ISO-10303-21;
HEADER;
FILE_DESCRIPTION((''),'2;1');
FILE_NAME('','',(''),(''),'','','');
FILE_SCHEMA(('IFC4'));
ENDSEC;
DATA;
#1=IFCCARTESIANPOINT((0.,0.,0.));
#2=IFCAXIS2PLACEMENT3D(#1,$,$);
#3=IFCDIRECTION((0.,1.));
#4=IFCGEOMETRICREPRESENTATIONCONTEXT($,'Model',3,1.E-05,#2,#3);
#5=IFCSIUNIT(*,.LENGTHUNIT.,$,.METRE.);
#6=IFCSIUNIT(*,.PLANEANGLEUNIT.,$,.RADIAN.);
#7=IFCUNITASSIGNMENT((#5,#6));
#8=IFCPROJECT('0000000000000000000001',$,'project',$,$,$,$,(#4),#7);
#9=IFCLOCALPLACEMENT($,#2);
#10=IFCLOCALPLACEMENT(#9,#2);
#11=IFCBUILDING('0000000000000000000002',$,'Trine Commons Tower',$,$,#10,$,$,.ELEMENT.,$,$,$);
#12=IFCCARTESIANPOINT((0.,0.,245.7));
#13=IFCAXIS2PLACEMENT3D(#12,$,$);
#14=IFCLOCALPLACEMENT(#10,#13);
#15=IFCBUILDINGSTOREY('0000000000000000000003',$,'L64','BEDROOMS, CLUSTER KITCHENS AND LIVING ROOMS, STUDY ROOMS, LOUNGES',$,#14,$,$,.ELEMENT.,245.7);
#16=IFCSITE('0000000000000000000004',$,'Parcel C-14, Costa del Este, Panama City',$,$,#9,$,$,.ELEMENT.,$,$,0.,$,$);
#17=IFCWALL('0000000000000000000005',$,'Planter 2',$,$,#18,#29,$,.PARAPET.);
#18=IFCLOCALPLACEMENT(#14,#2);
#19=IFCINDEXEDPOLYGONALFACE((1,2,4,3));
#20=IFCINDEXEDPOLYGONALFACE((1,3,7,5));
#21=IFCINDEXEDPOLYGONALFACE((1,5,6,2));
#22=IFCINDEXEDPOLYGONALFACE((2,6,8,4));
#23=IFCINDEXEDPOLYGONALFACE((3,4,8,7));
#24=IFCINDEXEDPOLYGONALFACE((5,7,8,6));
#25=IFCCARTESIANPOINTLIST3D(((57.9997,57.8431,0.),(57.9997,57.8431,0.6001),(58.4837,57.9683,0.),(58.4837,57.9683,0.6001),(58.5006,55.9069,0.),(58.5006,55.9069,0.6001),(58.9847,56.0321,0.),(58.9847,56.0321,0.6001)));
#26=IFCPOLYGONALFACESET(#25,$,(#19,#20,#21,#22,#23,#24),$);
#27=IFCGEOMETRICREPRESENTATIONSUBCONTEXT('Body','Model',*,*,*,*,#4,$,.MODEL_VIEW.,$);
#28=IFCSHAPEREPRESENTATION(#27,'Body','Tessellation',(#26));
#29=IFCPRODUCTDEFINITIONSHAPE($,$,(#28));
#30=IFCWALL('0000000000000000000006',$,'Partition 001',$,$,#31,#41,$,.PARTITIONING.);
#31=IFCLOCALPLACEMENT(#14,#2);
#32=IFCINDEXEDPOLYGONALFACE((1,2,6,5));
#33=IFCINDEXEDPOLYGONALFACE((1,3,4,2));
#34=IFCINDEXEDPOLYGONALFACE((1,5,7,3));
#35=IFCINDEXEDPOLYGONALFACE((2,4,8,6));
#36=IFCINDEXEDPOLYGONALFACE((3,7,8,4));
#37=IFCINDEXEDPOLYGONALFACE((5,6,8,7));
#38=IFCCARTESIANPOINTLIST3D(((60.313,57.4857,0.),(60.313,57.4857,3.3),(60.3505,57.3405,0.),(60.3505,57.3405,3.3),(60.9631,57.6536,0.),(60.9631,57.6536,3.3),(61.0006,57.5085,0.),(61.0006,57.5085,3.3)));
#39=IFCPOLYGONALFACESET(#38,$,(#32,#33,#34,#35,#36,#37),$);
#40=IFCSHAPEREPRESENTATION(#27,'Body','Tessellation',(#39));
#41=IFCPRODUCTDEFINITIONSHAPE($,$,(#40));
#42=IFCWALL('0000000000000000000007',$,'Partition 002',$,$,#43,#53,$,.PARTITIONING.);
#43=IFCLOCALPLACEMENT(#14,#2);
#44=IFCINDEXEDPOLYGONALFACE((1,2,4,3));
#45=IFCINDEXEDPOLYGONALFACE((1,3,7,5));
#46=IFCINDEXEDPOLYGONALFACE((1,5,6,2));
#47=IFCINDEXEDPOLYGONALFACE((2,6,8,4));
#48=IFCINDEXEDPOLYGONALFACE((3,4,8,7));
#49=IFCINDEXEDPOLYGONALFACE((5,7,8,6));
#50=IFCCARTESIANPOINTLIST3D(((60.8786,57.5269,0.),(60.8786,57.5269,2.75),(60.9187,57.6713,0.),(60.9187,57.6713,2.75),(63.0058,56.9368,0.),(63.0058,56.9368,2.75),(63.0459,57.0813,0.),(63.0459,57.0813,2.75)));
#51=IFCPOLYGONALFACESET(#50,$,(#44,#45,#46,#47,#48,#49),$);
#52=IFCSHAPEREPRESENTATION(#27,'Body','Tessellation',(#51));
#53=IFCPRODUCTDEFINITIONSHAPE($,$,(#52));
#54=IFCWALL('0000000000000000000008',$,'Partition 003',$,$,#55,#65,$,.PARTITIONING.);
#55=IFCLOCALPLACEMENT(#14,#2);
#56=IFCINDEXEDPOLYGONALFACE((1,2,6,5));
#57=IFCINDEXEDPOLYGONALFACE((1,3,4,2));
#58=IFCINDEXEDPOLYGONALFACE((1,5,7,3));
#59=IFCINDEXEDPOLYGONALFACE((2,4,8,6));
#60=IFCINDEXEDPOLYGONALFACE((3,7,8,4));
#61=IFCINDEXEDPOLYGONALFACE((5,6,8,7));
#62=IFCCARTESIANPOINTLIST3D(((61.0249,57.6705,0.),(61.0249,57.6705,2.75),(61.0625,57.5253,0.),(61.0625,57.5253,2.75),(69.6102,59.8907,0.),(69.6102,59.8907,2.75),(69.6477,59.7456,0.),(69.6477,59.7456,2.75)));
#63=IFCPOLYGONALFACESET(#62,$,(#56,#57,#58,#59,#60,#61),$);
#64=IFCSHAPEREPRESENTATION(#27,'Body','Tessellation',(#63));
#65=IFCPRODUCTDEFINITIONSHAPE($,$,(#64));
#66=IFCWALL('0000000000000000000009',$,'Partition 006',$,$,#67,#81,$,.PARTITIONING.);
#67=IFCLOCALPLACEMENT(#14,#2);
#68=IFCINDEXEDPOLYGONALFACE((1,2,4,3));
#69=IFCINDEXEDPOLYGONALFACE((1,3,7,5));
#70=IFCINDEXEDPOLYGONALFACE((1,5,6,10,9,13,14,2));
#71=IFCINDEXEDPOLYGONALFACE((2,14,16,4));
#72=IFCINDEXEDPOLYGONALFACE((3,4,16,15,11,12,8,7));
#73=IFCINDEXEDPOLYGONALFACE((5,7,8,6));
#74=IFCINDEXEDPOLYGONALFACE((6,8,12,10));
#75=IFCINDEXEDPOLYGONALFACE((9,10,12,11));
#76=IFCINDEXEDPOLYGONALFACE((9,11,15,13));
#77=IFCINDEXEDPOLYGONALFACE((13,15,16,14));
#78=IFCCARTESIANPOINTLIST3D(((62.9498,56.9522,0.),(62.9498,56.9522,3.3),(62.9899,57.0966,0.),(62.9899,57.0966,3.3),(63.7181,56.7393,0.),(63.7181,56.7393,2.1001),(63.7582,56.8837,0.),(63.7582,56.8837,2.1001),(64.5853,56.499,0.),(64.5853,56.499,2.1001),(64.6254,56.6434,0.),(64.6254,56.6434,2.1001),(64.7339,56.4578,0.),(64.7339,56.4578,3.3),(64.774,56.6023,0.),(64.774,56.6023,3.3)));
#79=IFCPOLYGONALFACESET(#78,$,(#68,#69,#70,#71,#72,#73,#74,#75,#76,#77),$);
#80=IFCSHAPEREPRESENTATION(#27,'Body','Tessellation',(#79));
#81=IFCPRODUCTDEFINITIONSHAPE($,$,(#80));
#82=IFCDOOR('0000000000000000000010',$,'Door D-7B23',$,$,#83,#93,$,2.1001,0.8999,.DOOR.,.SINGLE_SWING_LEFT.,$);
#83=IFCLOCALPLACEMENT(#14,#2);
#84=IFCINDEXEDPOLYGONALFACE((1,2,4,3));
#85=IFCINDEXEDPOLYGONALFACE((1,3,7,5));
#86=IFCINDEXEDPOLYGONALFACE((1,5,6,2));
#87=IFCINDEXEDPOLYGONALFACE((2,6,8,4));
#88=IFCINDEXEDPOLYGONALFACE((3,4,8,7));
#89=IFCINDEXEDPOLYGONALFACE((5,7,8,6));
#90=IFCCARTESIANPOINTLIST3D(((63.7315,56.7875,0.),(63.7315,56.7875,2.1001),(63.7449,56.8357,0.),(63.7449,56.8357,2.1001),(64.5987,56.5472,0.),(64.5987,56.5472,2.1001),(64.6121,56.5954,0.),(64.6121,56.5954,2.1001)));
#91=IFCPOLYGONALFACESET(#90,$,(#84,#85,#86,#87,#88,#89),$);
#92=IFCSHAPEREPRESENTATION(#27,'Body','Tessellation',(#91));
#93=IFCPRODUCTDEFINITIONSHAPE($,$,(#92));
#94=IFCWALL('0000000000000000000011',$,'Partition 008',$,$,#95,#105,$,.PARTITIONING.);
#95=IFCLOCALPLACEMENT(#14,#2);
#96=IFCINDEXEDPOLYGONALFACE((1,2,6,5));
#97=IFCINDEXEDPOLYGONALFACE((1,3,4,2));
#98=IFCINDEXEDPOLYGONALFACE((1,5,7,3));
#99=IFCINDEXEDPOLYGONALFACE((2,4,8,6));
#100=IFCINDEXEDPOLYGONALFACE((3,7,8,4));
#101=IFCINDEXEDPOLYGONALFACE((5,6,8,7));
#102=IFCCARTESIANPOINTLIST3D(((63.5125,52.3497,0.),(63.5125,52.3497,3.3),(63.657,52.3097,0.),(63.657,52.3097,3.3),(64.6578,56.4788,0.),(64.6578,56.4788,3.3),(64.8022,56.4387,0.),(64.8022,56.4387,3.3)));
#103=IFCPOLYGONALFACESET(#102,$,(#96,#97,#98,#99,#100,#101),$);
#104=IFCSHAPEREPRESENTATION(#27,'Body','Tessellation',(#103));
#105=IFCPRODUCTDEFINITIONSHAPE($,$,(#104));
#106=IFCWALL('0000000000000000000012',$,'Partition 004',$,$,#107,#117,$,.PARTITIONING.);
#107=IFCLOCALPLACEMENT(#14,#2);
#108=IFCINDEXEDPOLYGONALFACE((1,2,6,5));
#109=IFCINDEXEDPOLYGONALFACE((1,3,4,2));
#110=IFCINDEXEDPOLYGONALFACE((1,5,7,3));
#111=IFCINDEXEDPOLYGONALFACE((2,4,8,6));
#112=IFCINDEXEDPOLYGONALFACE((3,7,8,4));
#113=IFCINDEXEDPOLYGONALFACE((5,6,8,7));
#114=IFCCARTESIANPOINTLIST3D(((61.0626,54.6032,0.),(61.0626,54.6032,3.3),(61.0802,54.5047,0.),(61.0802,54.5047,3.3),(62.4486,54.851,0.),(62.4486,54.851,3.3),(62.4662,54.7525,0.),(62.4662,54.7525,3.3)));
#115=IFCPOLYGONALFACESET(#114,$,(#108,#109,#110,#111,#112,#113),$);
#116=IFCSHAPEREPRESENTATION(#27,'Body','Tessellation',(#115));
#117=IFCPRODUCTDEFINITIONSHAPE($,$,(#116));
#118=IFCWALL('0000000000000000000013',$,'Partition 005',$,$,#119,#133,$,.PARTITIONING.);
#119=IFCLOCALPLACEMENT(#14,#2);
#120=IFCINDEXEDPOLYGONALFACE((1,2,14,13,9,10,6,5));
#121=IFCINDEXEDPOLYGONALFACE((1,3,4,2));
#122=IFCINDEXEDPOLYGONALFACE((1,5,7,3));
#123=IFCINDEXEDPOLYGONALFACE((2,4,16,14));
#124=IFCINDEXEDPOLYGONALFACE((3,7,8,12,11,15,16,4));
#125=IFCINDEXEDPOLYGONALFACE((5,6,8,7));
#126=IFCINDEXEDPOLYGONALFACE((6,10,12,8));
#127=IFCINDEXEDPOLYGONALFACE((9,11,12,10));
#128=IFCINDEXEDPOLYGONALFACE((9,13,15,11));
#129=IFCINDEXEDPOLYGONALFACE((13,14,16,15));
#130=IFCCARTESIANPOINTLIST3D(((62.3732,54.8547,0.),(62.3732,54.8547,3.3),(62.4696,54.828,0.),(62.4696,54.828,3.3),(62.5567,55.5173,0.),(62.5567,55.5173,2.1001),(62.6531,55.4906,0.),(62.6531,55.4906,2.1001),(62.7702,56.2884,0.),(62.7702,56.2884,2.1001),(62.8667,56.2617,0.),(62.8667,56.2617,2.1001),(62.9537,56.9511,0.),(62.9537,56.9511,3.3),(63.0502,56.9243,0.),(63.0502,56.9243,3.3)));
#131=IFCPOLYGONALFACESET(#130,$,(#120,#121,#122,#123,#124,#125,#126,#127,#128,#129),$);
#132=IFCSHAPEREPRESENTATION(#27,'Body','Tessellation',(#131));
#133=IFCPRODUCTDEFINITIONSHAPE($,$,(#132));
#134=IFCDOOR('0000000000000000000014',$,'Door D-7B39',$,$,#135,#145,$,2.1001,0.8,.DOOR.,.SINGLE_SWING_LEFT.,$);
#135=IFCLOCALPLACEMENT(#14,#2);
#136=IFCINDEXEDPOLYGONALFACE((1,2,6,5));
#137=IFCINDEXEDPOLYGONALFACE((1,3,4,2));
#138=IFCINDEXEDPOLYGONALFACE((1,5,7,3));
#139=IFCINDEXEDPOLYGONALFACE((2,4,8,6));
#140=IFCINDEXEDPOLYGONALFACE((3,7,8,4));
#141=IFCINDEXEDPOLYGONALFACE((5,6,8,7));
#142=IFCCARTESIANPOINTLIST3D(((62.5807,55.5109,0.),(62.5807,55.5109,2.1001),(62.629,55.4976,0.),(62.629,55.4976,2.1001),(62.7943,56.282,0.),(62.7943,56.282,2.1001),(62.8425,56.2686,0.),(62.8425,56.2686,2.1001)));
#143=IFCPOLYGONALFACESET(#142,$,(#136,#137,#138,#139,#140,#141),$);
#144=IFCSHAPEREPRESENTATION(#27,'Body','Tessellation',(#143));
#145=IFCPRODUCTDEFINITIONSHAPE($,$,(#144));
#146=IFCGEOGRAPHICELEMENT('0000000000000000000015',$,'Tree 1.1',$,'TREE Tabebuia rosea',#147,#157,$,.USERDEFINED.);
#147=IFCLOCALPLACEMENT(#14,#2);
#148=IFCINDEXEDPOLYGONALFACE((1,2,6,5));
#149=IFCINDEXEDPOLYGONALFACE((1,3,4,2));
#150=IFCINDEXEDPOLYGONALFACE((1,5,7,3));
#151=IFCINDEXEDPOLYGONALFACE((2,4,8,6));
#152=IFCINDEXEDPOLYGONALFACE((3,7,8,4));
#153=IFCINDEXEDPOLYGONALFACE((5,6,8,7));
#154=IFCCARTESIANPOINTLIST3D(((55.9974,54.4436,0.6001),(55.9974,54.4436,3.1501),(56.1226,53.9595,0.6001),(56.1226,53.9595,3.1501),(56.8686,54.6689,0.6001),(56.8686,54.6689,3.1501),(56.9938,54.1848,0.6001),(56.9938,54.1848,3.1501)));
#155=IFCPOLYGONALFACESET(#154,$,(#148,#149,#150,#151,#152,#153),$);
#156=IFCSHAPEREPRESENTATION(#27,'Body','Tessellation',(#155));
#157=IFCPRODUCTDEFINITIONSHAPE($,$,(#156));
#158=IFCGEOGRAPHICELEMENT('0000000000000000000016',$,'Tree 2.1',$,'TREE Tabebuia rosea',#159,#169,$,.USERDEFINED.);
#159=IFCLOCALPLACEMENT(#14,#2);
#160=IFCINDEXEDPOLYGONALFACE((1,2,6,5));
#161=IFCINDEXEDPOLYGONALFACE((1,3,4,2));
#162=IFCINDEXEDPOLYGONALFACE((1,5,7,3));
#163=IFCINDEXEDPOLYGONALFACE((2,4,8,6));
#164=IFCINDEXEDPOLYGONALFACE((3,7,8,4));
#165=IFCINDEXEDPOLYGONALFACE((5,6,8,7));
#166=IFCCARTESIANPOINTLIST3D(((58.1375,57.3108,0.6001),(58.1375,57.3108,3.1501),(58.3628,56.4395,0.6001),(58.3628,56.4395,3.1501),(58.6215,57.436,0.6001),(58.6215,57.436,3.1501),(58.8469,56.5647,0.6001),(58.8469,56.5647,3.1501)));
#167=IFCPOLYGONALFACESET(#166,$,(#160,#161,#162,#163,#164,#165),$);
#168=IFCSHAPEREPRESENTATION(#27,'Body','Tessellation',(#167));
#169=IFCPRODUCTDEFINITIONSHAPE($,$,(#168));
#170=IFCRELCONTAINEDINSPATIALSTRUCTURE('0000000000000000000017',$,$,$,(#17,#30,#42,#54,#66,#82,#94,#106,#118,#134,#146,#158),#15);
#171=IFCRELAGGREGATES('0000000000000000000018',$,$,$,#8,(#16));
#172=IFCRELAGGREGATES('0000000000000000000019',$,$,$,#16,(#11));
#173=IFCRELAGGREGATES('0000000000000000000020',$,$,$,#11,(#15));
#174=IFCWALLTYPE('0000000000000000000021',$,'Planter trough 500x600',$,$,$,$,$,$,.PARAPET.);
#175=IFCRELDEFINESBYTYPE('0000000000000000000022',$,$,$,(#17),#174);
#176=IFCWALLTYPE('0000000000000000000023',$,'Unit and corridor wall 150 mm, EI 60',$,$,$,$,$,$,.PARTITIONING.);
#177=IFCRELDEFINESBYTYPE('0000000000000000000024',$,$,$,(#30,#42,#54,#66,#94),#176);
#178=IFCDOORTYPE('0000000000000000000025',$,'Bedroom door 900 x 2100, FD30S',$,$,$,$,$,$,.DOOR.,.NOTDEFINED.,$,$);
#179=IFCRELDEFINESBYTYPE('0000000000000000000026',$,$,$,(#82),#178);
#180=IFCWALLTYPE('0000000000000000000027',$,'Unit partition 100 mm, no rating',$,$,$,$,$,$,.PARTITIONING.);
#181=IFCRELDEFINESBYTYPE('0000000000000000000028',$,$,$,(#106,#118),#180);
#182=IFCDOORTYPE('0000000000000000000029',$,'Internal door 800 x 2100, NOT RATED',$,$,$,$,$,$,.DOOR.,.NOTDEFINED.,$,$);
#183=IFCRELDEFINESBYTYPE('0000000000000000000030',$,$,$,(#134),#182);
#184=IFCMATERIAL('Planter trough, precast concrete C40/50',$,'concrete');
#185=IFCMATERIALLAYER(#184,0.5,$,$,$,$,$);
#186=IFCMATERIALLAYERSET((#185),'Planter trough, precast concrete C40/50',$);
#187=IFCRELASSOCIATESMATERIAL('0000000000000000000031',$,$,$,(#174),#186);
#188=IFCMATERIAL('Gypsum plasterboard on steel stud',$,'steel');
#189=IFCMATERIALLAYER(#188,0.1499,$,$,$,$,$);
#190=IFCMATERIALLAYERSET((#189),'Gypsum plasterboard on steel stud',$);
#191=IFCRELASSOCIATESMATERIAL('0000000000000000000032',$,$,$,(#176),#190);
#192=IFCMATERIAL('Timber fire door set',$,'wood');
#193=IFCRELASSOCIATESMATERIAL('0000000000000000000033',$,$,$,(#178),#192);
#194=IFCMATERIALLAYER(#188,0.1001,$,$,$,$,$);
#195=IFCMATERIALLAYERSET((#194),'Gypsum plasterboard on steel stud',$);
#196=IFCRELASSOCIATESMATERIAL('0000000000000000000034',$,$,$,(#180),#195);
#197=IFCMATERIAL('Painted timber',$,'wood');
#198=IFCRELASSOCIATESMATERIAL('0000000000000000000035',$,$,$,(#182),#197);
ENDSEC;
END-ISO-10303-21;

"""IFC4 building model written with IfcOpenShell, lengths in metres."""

from ifc_helpers import new_model, si_unit, direction, frame, frame_2d, origin, origin_2d, place, context, subcontext, project, spatial, rectangle, extrude, material, layer, layer_set, type_object, element, fill, save


model = new_model("IFC4")

# Units and contexts
model_context = context("Model", 3, precision=1e-05, world=origin(), true_north=direction((0.0, 1.0)))
body_context = subcontext(model_context, "Body", "Model", "MODEL_VIEW")
ifc_project = project(units=[si_unit("LENGTHUNIT", "METRE"), si_unit("PLANEANGLEUNIT", "RADIAN")], contexts=[model_context])

# Site, building, storey
site_placement = place(None, origin())
site = spatial("IfcSite", under=ifc_project, at=site_placement, Name="Parcel C-14, Costa del Este, Panama City", CompositionType="ELEMENT", RefElevation=0.0)
building_placement = place(site_placement, origin())
building = spatial("IfcBuilding", under=site, at=building_placement, Name="Trine Commons Tower", CompositionType="ELEMENT")
storey_placement = place(building_placement, frame((0.0, 0.0, 245.7)))
storey = spatial("IfcBuildingStorey", under=building, at=storey_placement, Name="L64", Description="BEDROOMS, CLUSTER KITCHENS AND LIVING ROOMS, STUDY ROOMS, LOUNGES", CompositionType="ELEMENT", Elevation=245.7)

# Walls
ifc_material_1 = material(Name="Planter trough, precast concrete C40/50", Category="concrete")
ifc_layer_1 = layer(ifc_material_1, 0.5)
ifc_layer_set_1 = layer_set([ifc_layer_1], Name="Planter trough, precast concrete C40/50")
wall_type_1 = type_object("IfcWallType", Name="Planter trough 500x600", PredefinedType="PARAPET", material=ifc_layer_set_1)
wall_1_placement = place(storey_placement, frame((58.7427, 55.9695, 0.0), z_axis=(0.0, 0.0, 1.0), x_axis=(-0.250483, 0.968121, 0.0)))
element("IfcWall", 1, at=wall_1_placement, inside=storey, type_object=wall_type_1, Name="Planter 2", PredefinedType="PARAPET", context=body_context, shape_type="SweptSolid", body=[
    extrude(rectangle(XDim=2.0, YDim=0.5, at=frame_2d((1.0, 0.0))), origin(), (0.0, 0.0, 1.0), 0.6001),
])
ifc_material_2 = material(Name="Gypsum plasterboard on steel stud", Category="steel")
ifc_layer_2 = layer(ifc_material_2, 0.1499)
ifc_layer_set_2 = layer_set([ifc_layer_2], Name="Gypsum plasterboard on steel stud")
wall_type_2 = type_object("IfcWallType", Name="Unit and corridor wall 150 mm, EI 60", PredefinedType="PARTITIONING", material=ifc_layer_set_2)
wall_2_placement = place(storey_placement, frame((60.3318, 57.4131, 0.0), z_axis=(0.0, 0.0, 1.0), x_axis=(0.968209, 0.250142, 0.0)))
element("IfcWall", 2, at=wall_2_placement, inside=storey, type_object=wall_type_2, Name="Partition 001", PredefinedType="PARTITIONING", context=body_context, shape_type="SweptSolid", body=[
    extrude(rectangle(XDim=0.6714, YDim=0.1499, at=frame_2d((0.3357, 0.0))), origin(), (0.0, 0.0, 1.0), 3.3),
])
wall_3_placement = place(storey_placement, frame((60.8987, 57.5991, 0.0), z_axis=(0.0, 0.0, 1.0), x_axis=(0.963611, -0.267307, 0.0)))
element("IfcWall", 3, at=wall_3_placement, inside=storey, type_object=wall_type_2, Name="Partition 002", PredefinedType="PARTITIONING", context=body_context, shape_type="SweptSolid", body=[
    extrude(rectangle(XDim=2.2075, YDim=0.1499, at=frame_2d((1.1038, 0.0))), origin(), (0.0, 0.0, 1.0), 2.75),
])
wall_4_placement = place(storey_placement, frame((61.0437, 57.5979, 0.0), z_axis=(0.0, 0.0, 1.0), x_axis=(0.96815, 0.250373, 0.0)))
element("IfcWall", 4, at=wall_4_placement, inside=storey, type_object=wall_type_2, Name="Partition 003", PredefinedType="PARTITIONING", context=body_context, shape_type="SweptSolid", body=[
    extrude(rectangle(XDim=8.8677, YDim=0.1499, at=frame_2d((4.4338, 0.0))), origin(), (0.0, 0.0, 1.0), 2.75),
])

# Wall, opening, door
wall_5_placement = place(storey_placement, frame((62.9697, 57.0244, 0.0), z_axis=(0.0, 0.0, 1.0), x_axis=(0.963688, -0.267032, 0.0)))
wall_5 = element("IfcWall", 5, at=wall_5_placement, inside=storey, type_object=wall_type_2, Name="Partition 006", PredefinedType="PARTITIONING", context=body_context, shape_type="SweptSolid", body=[
    extrude(rectangle(XDim=1.8513, YDim=0.1499, at=frame_2d((0.9258, 0.0))), origin(), (0.0, 0.0, 1.0), 3.3),
])
opening_1_placement = place(wall_5_placement, frame((0.7974, 0.0, 0.0)))
opening_1 = element("IfcOpeningElement", 6, at=opening_1_placement, cuts=wall_5, PredefinedType="OPENING", context=body_context, shape_type="SweptSolid", body=[
    extrude(rectangle(XDim=0.8999, YDim=2.1001, at=frame_2d((0.45, 1.05))), frame((0.0, 0.085, 0.0), z_axis=(0.0, -1.0, 0.0), x_axis=(1.0, 0.0, 0.0)), (0.0, 0.0, 1.0), 0.1699),
])
ifc_material_3 = material(Name="Timber fire door set", Category="wood")
door_type_1 = type_object("IfcDoorType", Name="Bedroom door 900 x 2100, FD30S", OperationType="NOTDEFINED", PredefinedType="DOOR", material=ifc_material_3)
door_1_placement = place(opening_1_placement, frame((0.8999, 0.0, 0.0), z_axis=(0.0, 0.0, 1.0), x_axis=(-1.0, 0.0, 0.0)))
door_1 = element("IfcDoor", 7, at=door_1_placement, inside=storey, type_object=door_type_1, Name="Door D-7B23", OperationType="SINGLE_SWING_LEFT", OverallHeight=2.1001, OverallWidth=0.8999, PredefinedType="DOOR", context=body_context, shape_type="SweptSolid", body=[
    extrude(rectangle(XDim=0.8999, YDim=2.1001, at=frame_2d((0.45, 1.05))), frame((0.0, 0.0249, 0.0), z_axis=(0.0, -1.0, 0.0), x_axis=(1.0, 0.0, 0.0)), (0.0, 0.0, 1.0), 0.05),
])
fill(opening_1, door_1)

# Walls
wall_6_placement = place(storey_placement, frame((63.5847, 52.3296, 0.0), z_axis=(0.0, 0.0, 1.0), x_axis=(0.267271, 0.963622, 0.0)))
element("IfcWall", 8, at=wall_6_placement, inside=storey, type_object=wall_type_2, Name="Partition 008", PredefinedType="PARTITIONING", context=body_context, shape_type="SweptSolid", body=[
    extrude(rectangle(XDim=4.2849, YDim=0.1499, at=frame_2d((2.1426, 0.0))), origin(), (0.0, 0.0, 1.0), 3.3),
])
ifc_layer_3 = layer(ifc_material_2, 0.1001)
ifc_layer_set_3 = layer_set([ifc_layer_3], Name="Gypsum plasterboard on steel stud")
wall_type_3 = type_object("IfcWallType", Name="Unit partition 100 mm, no rating", PredefinedType="PARTITIONING", material=ifc_layer_set_3)
wall_7_placement = place(storey_placement, frame((61.0713, 54.554, 0.0), z_axis=(0.0, 0.0, 1.0), x_axis=(0.98439, 0.176001, 0.0)))
element("IfcWall", 9, at=wall_7_placement, inside=storey, type_object=wall_type_3, Name="Partition 004", PredefinedType="PARTITIONING", context=body_context, shape_type="SweptSolid", body=[
    extrude(rectangle(XDim=1.408, YDim=0.1001, at=frame_2d((0.7041, 0.0))), origin(), (0.0, 0.0, 1.0), 3.3),
])

# Wall, opening, door
wall_8_placement = place(storey_placement, frame((62.4214, 54.8413, 0.0), z_axis=(0.0, 0.0, 1.0), x_axis=(0.266885, 0.963728, 0.0)))
wall_8 = element("IfcWall", 10, at=wall_8_placement, inside=storey, type_object=wall_type_3, Name="Partition 005", PredefinedType="PARTITIONING", context=body_context, shape_type="SweptSolid", body=[
    extrude(rectangle(XDim=2.1753, YDim=0.1001, at=frame_2d((1.0876, 0.0))), origin(), (0.0, 0.0, 1.0), 3.3),
])
opening_2_placement = place(wall_8_placement, frame((0.6877, 0.0, 0.0)))
opening_2 = element("IfcOpeningElement", 11, at=opening_2_placement, cuts=wall_8, PredefinedType="OPENING", context=body_context, shape_type="SweptSolid", body=[
    extrude(rectangle(XDim=0.8, YDim=2.1001, at=frame_2d((0.3999, 1.05))), frame((0.0, 0.0601, 0.0), z_axis=(0.0, -1.0, 0.0), x_axis=(1.0, 0.0, 0.0)), (0.0, 0.0, 1.0), 0.1201),
])
ifc_material_4 = material(Name="Painted timber", Category="wood")
door_type_2 = type_object("IfcDoorType", Name="Internal door 800 x 2100, NOT RATED", OperationType="NOTDEFINED", PredefinedType="DOOR", material=ifc_material_4)
door_2_placement = place(opening_2_placement, frame((0.8, 0.0, 0.0), z_axis=(0.0, 0.0, 1.0), x_axis=(-1.0, 0.0, 0.0)))
door_2 = element("IfcDoor", 12, at=door_2_placement, inside=storey, type_object=door_type_2, Name="Door D-7B39", OperationType="SINGLE_SWING_LEFT", OverallHeight=2.1001, OverallWidth=0.8, PredefinedType="DOOR", context=body_context, shape_type="SweptSolid", body=[
    extrude(rectangle(XDim=0.8, YDim=2.1001, at=frame_2d((0.3999, 1.05))), frame((0.0, 0.0249, 0.0), z_axis=(0.0, -1.0, 0.0), x_axis=(1.0, 0.0, 0.0)), (0.0, 0.0, 1.0), 0.05),
])
fill(opening_2, door_2)

# Geographic elements
for number, where, z_axis, x_axis, name in (
    (13, (56.4956, 54.3142, 0.6001), (0.0, 0.0, 1.0), (0.968152, 0.250363, 0.0), "Tree 1.1"),
    (14, (58.4922, 56.9377, 0.6001), (0.0, 0.0, 1.0), (-0.25041, 0.96814, 0.0), "Tree 2.1"),
):
    element("IfcGeographicElement", number, at=place(storey_placement, frame(where, z_axis=z_axis, x_axis=x_axis)), inside=storey, Name=name, ObjectType="TREE Tabebuia rosea", PredefinedType="USERDEFINED", context=body_context, shape_type="SweptSolid", body=[
        extrude(rectangle(XDim=0.8999, YDim=0.5, at=origin_2d()), origin(), (0.0, 0.0, 1.0), 2.55),
    ])

save(model, "model.ifc")
